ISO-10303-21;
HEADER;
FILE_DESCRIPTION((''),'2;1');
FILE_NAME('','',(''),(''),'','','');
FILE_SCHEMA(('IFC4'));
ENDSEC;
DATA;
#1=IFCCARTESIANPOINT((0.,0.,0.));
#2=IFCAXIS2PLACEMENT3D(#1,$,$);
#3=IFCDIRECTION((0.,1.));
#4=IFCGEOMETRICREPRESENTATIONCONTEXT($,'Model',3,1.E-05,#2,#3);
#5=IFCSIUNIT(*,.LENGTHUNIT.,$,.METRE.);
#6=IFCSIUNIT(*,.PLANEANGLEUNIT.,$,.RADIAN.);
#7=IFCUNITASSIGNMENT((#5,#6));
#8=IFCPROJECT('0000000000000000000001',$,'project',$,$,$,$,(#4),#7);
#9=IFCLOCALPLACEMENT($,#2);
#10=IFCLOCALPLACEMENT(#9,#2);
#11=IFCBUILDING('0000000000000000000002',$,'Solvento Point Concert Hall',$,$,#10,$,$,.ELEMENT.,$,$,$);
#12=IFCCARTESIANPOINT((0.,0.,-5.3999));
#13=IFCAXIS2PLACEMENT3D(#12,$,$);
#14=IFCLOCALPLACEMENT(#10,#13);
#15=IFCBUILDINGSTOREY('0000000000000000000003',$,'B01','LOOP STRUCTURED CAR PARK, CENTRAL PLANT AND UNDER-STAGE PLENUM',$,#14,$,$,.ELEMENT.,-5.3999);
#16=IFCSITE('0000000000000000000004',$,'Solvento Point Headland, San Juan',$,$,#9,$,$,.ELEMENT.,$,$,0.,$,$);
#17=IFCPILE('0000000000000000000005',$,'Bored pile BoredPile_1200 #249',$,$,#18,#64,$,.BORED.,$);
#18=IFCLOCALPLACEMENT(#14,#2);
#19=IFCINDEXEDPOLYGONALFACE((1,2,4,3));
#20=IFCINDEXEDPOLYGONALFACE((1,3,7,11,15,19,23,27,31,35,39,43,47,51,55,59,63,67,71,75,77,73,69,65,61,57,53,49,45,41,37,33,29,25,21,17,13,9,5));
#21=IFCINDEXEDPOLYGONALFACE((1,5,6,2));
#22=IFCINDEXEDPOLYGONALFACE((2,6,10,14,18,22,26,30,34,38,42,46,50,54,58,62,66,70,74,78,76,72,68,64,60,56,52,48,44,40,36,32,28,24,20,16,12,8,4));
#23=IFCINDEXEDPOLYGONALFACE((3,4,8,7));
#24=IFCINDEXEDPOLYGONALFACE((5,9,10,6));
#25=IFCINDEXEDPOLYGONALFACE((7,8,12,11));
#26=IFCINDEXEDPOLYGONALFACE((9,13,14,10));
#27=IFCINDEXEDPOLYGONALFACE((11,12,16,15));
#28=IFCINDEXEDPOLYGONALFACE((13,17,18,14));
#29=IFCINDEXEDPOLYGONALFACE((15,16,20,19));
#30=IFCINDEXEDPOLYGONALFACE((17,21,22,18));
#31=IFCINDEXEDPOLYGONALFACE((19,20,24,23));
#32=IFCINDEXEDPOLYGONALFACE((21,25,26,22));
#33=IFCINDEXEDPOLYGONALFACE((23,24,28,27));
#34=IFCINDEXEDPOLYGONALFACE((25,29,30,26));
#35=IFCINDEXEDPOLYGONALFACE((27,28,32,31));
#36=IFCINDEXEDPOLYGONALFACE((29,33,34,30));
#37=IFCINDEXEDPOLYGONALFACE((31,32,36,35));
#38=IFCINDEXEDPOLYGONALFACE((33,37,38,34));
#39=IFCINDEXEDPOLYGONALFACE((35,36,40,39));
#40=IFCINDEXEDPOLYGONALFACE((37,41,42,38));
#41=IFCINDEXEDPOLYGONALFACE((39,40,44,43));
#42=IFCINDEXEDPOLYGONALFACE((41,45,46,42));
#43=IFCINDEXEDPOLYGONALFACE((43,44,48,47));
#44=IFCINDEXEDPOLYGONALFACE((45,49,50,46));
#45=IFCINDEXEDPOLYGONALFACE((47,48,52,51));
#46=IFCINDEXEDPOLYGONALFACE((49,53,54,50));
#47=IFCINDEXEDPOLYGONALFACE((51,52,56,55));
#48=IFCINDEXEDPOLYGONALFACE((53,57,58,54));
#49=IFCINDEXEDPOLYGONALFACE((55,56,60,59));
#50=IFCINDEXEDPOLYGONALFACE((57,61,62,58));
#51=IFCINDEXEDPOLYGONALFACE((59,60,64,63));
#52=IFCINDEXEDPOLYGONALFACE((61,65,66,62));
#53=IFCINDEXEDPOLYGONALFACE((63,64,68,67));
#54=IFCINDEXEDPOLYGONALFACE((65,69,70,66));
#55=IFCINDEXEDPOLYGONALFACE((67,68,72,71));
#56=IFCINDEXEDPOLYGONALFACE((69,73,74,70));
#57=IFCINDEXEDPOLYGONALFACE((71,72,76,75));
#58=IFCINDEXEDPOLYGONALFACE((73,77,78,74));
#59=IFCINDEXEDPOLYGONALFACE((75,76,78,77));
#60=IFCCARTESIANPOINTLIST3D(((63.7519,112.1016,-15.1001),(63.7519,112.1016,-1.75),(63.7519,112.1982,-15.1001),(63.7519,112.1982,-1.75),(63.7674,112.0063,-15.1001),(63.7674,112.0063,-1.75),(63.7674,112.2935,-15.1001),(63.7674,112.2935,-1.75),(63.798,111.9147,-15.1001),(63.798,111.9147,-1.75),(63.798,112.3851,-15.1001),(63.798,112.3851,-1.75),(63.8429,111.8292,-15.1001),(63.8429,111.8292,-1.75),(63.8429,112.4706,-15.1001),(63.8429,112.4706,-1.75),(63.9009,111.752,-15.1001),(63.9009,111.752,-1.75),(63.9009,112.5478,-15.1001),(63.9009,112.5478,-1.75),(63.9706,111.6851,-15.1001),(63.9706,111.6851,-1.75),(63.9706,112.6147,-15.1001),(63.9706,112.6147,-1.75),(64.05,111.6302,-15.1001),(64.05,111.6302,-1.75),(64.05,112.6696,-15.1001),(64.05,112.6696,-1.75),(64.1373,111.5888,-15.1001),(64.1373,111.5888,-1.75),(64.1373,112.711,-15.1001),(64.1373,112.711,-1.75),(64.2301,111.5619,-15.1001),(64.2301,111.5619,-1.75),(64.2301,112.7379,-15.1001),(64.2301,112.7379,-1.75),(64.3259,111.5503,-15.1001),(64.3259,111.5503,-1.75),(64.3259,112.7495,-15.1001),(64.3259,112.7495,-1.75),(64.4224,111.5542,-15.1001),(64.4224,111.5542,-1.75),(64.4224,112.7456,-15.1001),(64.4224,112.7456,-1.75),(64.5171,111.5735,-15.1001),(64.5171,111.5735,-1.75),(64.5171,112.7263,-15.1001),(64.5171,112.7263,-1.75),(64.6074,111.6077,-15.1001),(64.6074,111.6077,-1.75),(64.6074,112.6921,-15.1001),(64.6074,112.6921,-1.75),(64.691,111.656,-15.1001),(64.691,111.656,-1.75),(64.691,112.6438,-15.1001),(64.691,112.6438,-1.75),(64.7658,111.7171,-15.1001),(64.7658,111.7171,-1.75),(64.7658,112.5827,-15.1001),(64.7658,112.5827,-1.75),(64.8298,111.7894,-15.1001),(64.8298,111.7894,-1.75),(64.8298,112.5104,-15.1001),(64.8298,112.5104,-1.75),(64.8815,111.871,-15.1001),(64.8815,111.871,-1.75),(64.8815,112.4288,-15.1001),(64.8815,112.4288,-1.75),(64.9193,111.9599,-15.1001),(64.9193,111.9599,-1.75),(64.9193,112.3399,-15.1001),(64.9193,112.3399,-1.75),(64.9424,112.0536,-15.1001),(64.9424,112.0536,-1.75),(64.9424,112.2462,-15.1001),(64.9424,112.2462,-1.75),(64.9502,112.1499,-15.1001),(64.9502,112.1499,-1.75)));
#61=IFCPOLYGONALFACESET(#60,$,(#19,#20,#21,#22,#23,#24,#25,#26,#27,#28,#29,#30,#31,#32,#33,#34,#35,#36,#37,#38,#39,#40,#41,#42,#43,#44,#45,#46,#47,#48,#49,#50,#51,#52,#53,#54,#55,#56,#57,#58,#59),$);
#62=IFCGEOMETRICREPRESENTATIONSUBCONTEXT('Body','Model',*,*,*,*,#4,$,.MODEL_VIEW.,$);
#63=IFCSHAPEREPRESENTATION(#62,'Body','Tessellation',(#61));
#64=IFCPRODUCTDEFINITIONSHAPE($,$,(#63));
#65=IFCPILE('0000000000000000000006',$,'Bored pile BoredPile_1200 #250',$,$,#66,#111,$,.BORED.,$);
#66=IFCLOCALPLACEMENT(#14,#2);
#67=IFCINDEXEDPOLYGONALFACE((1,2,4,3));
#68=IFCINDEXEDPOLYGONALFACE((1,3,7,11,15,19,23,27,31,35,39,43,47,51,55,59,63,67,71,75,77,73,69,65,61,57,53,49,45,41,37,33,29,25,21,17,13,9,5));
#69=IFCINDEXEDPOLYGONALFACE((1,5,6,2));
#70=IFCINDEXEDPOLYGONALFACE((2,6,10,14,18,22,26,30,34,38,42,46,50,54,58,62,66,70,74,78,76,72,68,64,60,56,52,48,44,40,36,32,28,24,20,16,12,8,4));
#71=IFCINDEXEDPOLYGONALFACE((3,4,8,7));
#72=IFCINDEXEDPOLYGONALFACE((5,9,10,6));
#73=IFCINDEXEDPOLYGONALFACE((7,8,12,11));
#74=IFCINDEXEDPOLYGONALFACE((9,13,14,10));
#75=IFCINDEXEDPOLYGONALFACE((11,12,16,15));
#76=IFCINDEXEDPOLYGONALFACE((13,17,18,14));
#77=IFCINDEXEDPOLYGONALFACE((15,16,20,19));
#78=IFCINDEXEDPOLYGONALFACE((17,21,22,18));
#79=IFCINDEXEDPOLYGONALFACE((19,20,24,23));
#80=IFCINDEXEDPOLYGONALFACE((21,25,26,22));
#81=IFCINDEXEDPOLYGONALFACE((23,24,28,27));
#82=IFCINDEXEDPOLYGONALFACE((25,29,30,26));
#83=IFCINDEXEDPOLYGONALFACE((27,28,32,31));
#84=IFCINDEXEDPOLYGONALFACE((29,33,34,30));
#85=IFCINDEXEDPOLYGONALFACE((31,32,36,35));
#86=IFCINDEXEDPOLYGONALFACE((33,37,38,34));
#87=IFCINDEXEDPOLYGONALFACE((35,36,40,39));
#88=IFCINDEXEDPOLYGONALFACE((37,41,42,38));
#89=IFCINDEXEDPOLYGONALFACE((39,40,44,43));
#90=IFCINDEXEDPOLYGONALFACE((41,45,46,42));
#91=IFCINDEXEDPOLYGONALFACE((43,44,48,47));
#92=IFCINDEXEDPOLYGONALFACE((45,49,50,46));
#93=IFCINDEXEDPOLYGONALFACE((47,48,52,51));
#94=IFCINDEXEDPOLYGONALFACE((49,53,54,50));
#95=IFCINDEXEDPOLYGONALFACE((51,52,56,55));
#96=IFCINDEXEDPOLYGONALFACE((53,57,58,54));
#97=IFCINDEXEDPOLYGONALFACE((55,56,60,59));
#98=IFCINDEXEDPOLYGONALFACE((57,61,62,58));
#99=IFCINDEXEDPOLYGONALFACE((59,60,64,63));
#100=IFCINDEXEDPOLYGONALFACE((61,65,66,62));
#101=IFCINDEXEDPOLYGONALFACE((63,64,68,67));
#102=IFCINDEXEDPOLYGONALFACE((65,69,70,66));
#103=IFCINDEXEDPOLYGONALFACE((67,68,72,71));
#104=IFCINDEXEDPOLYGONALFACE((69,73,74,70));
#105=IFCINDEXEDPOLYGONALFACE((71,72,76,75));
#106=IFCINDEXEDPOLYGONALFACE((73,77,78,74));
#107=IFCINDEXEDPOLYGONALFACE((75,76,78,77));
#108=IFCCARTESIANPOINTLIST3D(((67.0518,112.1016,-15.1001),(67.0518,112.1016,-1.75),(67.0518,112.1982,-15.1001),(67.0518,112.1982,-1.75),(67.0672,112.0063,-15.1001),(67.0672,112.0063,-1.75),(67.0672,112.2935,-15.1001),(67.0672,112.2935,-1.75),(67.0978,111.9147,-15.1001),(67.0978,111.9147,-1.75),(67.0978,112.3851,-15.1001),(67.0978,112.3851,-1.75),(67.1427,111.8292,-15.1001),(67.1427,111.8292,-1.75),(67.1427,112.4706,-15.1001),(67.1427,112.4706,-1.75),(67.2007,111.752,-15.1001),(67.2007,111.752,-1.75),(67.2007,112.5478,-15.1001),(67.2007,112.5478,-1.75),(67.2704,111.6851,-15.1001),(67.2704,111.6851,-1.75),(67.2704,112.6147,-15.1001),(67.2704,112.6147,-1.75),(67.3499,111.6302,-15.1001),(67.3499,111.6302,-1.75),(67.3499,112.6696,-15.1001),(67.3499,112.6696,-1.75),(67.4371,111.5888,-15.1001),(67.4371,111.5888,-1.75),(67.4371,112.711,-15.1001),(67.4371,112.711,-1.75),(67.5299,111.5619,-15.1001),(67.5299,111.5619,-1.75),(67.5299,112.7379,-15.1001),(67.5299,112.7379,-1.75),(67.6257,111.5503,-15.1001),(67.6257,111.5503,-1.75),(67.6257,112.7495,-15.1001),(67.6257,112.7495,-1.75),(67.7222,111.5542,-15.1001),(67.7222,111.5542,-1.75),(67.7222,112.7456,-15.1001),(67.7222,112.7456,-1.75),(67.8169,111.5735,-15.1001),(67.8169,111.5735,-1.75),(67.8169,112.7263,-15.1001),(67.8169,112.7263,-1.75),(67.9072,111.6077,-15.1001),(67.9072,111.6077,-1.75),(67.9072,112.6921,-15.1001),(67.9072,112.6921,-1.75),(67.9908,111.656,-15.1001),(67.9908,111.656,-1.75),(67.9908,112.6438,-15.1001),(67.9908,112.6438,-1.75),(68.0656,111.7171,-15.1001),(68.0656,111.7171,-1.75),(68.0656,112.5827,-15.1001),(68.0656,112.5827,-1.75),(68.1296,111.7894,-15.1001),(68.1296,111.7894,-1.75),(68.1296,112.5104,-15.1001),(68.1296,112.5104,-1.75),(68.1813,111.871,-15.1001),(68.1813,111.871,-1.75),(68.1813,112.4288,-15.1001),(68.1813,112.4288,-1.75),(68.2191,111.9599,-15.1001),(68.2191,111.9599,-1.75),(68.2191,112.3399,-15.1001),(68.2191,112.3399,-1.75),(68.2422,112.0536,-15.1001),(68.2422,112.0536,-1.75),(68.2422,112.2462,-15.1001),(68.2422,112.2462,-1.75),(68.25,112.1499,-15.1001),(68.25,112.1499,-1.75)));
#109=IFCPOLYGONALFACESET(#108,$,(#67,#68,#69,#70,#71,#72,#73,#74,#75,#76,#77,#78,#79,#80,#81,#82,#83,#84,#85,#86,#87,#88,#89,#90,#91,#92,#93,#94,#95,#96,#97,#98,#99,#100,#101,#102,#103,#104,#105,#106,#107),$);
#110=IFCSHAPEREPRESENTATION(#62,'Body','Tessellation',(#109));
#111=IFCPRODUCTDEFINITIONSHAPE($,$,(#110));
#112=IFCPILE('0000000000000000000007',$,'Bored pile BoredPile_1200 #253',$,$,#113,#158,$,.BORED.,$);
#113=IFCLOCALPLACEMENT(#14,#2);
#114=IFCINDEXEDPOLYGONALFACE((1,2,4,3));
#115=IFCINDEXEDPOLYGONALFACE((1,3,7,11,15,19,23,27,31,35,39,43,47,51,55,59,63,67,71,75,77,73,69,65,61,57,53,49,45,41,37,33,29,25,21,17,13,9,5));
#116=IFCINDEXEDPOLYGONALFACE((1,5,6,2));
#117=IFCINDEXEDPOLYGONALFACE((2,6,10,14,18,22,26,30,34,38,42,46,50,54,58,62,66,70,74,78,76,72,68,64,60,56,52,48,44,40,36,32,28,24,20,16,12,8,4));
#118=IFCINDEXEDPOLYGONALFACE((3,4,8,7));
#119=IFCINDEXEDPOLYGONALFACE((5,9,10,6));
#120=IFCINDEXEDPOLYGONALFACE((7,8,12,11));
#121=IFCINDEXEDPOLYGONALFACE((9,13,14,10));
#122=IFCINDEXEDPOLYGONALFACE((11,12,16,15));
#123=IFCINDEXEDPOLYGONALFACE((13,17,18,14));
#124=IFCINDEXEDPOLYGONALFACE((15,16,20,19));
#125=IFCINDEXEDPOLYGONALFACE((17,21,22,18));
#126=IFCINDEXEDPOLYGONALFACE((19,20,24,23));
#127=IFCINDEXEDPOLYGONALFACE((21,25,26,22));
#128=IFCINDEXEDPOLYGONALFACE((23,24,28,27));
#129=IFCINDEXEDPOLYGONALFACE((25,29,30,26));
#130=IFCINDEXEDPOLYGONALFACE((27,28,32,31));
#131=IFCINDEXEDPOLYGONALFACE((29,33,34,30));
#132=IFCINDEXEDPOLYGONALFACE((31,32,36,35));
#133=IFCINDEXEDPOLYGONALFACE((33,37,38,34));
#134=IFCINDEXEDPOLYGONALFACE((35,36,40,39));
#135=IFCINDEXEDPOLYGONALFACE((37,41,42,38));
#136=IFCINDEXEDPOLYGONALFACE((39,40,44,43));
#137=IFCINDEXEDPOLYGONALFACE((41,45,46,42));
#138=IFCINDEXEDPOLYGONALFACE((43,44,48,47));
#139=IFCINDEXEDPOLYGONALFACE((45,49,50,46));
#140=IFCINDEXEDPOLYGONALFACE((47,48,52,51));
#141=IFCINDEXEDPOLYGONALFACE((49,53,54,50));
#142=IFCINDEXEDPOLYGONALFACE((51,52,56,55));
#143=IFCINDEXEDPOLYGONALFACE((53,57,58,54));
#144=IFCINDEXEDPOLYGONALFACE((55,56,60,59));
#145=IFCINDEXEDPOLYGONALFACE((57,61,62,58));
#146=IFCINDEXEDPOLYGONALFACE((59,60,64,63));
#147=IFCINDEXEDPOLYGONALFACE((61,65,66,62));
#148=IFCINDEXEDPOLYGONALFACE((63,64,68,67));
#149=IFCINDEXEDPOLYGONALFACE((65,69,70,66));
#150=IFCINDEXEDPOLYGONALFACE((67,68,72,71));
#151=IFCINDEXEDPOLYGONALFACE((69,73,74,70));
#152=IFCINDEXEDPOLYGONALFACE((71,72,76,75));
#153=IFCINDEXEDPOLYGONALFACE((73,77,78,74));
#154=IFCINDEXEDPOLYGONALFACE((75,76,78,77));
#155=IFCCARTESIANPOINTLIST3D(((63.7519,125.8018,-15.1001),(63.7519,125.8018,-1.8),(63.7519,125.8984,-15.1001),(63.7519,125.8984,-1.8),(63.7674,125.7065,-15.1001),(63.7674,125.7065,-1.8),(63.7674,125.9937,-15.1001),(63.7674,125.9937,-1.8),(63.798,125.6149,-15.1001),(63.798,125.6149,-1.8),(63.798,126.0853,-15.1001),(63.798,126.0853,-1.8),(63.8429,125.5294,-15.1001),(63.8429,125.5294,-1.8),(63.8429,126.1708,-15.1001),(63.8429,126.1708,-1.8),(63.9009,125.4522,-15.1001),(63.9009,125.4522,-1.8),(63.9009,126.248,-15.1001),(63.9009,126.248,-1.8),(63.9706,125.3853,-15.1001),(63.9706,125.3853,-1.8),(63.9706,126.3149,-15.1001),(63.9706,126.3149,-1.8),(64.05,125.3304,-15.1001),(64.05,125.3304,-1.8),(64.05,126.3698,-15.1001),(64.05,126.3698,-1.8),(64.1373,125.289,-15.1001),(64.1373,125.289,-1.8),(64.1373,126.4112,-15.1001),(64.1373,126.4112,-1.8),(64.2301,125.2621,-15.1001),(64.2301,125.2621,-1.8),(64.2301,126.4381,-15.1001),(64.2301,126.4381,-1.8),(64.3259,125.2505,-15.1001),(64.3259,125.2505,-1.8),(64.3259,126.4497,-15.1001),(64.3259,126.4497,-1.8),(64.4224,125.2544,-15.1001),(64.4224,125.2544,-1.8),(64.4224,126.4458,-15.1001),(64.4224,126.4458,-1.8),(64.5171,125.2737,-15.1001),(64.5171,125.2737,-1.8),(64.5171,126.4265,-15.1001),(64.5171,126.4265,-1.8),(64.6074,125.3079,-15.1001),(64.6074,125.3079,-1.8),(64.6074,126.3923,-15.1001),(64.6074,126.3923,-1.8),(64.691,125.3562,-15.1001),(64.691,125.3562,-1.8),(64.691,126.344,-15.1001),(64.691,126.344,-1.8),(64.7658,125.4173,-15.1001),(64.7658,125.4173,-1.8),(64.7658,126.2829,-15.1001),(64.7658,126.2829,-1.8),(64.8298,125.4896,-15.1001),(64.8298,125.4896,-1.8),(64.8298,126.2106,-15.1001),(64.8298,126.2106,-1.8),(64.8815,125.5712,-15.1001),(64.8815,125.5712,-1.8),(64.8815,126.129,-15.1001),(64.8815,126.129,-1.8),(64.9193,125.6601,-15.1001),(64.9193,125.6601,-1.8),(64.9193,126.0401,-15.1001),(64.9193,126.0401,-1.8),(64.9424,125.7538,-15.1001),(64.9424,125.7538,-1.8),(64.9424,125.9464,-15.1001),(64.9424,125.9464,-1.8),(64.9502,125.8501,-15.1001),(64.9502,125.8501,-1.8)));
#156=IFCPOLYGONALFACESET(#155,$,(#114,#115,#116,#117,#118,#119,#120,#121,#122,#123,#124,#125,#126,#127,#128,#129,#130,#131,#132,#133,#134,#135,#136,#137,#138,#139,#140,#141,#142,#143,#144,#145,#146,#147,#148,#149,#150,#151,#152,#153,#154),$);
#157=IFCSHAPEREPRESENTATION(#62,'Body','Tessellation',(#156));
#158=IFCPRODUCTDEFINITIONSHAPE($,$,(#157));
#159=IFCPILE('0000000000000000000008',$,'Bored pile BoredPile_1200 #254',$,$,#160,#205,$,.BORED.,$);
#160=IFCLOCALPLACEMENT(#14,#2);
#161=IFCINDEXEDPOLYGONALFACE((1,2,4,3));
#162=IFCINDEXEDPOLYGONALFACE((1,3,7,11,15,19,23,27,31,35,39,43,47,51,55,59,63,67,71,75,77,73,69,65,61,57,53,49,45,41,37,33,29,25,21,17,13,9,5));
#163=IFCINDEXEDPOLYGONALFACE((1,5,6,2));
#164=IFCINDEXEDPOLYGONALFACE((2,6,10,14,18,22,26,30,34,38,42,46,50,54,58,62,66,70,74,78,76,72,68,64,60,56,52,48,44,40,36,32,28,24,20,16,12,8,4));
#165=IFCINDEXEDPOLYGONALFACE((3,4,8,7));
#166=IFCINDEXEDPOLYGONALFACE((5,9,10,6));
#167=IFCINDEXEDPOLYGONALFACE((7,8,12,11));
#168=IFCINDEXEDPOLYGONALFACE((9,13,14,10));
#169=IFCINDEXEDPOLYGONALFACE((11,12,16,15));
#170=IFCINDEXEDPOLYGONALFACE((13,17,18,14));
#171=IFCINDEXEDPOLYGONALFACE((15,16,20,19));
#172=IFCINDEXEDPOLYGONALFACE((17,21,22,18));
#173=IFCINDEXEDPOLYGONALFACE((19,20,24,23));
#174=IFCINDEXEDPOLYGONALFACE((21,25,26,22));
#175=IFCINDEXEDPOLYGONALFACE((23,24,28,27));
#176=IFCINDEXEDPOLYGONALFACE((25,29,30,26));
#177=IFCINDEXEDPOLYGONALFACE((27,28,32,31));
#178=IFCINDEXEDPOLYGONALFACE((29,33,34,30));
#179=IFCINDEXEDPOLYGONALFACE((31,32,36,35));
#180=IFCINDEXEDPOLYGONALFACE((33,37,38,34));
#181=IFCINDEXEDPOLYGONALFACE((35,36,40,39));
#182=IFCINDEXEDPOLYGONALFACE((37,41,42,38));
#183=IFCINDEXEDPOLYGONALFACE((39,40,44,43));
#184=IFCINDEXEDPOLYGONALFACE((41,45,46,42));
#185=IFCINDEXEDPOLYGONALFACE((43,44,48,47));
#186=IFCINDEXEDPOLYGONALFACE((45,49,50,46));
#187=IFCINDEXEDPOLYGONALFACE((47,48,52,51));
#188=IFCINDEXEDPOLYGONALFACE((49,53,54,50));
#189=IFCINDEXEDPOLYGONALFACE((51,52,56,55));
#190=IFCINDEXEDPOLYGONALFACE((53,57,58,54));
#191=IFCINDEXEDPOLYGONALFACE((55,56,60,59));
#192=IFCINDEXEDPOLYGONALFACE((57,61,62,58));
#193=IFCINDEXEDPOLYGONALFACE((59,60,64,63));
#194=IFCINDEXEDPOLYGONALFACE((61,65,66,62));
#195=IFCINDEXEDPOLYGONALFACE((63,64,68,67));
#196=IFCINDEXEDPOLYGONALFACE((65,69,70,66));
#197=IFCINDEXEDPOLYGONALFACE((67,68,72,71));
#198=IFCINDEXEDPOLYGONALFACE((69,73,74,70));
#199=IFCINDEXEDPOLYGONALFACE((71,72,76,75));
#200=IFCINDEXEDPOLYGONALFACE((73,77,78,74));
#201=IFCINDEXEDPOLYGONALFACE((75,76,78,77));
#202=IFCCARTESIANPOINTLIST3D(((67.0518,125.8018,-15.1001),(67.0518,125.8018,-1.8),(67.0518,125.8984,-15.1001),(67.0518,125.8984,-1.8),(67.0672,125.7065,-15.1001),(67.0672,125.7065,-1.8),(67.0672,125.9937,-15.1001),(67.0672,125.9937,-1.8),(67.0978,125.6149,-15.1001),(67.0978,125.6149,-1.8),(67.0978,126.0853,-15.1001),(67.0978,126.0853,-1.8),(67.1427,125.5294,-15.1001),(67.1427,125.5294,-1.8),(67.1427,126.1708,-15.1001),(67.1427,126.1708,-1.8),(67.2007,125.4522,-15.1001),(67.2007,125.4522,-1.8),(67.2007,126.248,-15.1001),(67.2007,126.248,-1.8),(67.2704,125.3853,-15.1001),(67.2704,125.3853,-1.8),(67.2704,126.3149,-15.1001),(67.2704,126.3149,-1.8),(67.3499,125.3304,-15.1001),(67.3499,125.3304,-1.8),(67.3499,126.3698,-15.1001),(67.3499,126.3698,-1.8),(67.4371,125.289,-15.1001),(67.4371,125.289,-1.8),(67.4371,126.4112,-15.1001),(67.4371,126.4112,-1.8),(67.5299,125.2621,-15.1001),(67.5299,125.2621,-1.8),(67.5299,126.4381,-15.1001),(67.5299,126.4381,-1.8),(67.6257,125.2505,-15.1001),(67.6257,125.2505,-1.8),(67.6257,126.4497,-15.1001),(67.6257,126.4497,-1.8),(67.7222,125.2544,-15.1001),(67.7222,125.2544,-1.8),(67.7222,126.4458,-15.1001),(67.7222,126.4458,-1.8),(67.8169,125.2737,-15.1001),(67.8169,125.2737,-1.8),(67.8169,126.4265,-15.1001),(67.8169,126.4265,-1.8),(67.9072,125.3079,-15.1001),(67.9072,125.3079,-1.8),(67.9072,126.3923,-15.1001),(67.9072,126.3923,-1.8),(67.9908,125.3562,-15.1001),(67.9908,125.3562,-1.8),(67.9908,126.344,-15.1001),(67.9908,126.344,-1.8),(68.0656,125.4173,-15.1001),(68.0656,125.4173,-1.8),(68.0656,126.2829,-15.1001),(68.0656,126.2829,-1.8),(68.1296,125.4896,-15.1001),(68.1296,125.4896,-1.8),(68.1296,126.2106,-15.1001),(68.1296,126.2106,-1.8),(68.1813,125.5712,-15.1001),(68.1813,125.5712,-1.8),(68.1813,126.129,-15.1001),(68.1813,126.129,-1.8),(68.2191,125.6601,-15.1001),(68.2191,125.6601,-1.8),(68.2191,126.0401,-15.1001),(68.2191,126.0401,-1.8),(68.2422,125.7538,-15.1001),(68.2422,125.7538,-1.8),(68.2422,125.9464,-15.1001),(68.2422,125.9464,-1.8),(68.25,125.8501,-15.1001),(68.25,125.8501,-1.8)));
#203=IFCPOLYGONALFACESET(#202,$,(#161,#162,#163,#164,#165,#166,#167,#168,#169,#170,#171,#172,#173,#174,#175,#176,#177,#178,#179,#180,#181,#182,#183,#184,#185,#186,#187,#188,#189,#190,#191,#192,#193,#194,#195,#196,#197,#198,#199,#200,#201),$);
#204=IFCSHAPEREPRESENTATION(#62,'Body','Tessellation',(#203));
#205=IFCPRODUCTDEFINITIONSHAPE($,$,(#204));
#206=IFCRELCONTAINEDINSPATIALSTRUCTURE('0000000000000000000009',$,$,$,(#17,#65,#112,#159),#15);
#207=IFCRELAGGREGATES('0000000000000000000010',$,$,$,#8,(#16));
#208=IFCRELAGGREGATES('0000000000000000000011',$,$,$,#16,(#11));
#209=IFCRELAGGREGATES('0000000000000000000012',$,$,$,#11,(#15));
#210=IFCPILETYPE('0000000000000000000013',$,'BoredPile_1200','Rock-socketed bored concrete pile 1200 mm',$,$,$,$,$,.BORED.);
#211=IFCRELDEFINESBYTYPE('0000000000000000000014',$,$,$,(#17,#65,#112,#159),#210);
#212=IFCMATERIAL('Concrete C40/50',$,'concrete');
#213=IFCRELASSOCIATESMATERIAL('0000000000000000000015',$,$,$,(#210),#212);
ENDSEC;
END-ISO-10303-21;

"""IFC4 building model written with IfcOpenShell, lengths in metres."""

from ifc_helpers import new_model, si_unit, direction, frame, origin, origin_2d, place, context, subcontext, project, spatial, circle, extrude, material, material_profile, profile_set, type_object, element, save


model = new_model("IFC4")

# Units and contexts
model_context = context("Model", 3, precision=1e-05, world=origin(), true_north=direction((0.0, 1.0)))
body_context = subcontext(model_context, "Body", "Model", "MODEL_VIEW")
ifc_project = project(units=[si_unit("LENGTHUNIT", "METRE"), si_unit("PLANEANGLEUNIT", "RADIAN")], contexts=[model_context])

# Site, building, storey
site_placement = place(None, origin())
site = spatial("IfcSite", under=ifc_project, at=site_placement, Name="Solvento Point Headland, San Juan", CompositionType="ELEMENT", RefElevation=0.0)
building_placement = place(site_placement, origin())
building = spatial("IfcBuilding", under=site, at=building_placement, Name="Solvento Point Concert Hall", CompositionType="ELEMENT")
storey_placement = place(building_placement, frame((0.0, 0.0, -5.3999)))
storey = spatial("IfcBuildingStorey", under=building, at=storey_placement, Name="B01", Description="LOOP STRUCTURED CAR PARK, CENTRAL PLANT AND UNDER-STAGE PLENUM", CompositionType="ELEMENT", Elevation=-5.3999)

# Piles
ifc_material_1 = material(Name="Concrete C40/50", Category="concrete")
ifc_material_profile_1 = material_profile(ifc_material_1, circle(Radius=0.6001, at=origin_2d()), Name="BP-1200")
ifc_profile_set_1 = profile_set([ifc_material_profile_1], Name="Concrete C40/50")
pile_type_1 = type_object("IfcPileType", Name="BoredPile_1200", Description="Rock-socketed bored concrete pile 1200 mm", PredefinedType="BORED", material=ifc_profile_set_1)
for number, where, z_axis, x_axis, name in (
    (1, (64.3501, 112.1499, -1.75), (0.0, 0.0, -1.0), (1.0, 0.0, 0.0), "Bored pile BoredPile_1200 #249"),
    (2, (67.6499, 112.1499, -1.75), (0.0, 0.0, -1.0), (1.0, 0.0, 0.0), "Bored pile BoredPile_1200 #250"),
):
    element("IfcPile", number, at=place(storey_placement, frame(where, z_axis=z_axis, x_axis=x_axis)), inside=storey, type_object=pile_type_1, Name=name, PredefinedType="BORED", context=body_context, shape_type="SweptSolid", body=[
        extrude(circle(Radius=0.6001, at=origin_2d()), origin(), (0.0, 0.0, 1.0), 13.3501),
    ])
for number, where, z_axis, x_axis, name in (
    (3, (64.3501, 125.8501, -1.8), (0.0, 0.0, -1.0), (1.0, 0.0, 0.0), "Bored pile BoredPile_1200 #253"),
    (4, (67.6499, 125.8501, -1.8), (0.0, 0.0, -1.0), (1.0, 0.0, 0.0), "Bored pile BoredPile_1200 #254"),
):
    element("IfcPile", number, at=place(storey_placement, frame(where, z_axis=z_axis, x_axis=x_axis)), inside=storey, type_object=pile_type_1, Name=name, PredefinedType="BORED", context=body_context, shape_type="SweptSolid", body=[
        extrude(circle(Radius=0.6001, at=origin_2d()), origin(), (0.0, 0.0, 1.0), 13.3),
    ])

save(model, "model.ifc")
